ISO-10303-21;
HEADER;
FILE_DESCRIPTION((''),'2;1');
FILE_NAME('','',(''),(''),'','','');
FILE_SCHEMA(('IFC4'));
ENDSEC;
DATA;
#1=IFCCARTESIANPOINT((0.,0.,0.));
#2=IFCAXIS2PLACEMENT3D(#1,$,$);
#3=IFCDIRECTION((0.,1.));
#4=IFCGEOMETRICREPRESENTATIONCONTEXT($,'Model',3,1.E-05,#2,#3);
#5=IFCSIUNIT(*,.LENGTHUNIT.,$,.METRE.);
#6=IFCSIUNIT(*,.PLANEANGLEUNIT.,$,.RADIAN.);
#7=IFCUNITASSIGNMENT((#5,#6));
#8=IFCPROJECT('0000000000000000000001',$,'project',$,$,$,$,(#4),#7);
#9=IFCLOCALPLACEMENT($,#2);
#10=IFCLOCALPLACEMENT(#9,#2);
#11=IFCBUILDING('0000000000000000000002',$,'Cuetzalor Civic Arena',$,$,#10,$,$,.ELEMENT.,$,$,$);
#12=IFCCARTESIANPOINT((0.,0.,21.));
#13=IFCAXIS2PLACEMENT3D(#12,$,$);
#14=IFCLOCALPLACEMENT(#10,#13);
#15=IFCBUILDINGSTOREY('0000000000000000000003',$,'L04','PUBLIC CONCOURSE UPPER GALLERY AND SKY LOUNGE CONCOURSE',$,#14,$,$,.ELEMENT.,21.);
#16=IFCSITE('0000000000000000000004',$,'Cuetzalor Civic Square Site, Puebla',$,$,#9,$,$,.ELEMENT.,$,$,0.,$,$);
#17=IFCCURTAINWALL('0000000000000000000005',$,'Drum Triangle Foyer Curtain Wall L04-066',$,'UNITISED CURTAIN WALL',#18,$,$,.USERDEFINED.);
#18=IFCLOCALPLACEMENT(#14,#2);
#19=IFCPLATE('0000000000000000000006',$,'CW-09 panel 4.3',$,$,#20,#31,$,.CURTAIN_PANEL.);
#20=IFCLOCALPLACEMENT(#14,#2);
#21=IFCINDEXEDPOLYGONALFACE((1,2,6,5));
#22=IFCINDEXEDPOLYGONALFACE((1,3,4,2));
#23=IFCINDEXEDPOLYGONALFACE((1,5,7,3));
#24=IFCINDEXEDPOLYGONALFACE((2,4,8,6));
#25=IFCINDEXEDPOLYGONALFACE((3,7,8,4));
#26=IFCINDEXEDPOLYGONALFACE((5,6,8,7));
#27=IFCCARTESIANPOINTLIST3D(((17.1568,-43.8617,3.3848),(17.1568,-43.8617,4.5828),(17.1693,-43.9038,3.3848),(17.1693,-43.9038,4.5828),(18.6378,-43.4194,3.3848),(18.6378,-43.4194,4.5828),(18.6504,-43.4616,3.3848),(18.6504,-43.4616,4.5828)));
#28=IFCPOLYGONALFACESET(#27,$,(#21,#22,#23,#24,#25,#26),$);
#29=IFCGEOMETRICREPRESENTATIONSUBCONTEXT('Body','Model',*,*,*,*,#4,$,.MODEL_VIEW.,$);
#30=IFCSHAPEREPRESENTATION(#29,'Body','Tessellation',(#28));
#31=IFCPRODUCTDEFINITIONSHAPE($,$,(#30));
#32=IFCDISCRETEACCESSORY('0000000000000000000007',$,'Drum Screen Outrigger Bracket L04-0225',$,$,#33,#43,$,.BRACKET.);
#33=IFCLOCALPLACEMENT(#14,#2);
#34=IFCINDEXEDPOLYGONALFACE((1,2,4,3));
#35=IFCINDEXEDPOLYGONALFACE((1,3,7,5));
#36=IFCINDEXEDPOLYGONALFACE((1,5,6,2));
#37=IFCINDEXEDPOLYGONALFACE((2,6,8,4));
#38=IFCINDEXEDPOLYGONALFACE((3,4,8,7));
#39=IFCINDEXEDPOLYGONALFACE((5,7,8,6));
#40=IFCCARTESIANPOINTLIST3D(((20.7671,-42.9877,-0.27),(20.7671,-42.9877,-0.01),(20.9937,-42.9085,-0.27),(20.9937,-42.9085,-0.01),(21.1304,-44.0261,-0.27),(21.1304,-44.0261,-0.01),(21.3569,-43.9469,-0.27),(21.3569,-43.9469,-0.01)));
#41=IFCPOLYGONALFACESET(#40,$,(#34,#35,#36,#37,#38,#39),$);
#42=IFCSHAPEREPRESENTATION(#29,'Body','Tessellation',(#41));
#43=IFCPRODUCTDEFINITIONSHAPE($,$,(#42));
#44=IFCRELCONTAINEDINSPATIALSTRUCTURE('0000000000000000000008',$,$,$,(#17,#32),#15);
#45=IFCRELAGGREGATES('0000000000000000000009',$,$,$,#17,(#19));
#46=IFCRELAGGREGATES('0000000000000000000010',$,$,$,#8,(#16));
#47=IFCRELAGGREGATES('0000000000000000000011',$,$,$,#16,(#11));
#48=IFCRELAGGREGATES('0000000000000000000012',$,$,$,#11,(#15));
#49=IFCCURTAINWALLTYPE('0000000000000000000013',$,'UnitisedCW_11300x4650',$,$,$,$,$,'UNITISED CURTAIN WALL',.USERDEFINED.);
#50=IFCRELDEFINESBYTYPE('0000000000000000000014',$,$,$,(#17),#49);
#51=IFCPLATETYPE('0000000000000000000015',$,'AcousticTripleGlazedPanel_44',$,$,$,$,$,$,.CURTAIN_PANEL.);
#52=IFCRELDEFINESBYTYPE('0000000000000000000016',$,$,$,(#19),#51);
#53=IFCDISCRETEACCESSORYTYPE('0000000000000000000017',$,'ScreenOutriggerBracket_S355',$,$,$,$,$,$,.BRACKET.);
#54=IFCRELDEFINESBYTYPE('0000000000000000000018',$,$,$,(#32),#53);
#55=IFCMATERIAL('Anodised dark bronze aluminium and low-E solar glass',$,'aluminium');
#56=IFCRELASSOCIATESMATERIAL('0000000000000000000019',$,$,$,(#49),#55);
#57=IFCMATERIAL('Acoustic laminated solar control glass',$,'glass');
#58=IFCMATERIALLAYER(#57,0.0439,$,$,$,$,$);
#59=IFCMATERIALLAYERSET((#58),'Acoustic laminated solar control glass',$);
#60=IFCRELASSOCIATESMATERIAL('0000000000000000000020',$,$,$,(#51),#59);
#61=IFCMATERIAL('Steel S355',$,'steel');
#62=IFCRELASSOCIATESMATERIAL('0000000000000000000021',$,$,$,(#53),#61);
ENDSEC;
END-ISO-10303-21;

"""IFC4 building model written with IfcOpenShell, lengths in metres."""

from ifc_helpers import new_model, si_unit, direction, frame, origin, origin_2d, place, context, subcontext, project, spatial, rectangle, extrude, material, layer, layer_set, type_object, element, aggregate, save


model = new_model("IFC4")

# Units and contexts
model_context = context("Model", 3, precision=1e-05, world=origin(), true_north=direction((0.0, 1.0)))
body_context = subcontext(model_context, "Body", "Model", "MODEL_VIEW")
ifc_project = project(units=[si_unit("LENGTHUNIT", "METRE"), si_unit("PLANEANGLEUNIT", "RADIAN")], contexts=[model_context])

# Site, building, storey
site_placement = place(None, origin())
site = spatial("IfcSite", under=ifc_project, at=site_placement, Name="Cuetzalor Civic Square Site, Puebla", CompositionType="ELEMENT", RefElevation=0.0)
building_placement = place(site_placement, origin())
building = spatial("IfcBuilding", under=site, at=building_placement, Name="Cuetzalor Civic Arena", CompositionType="ELEMENT")
storey_placement = place(building_placement, frame((0.0, 0.0, 21.0)))
storey = spatial("IfcBuildingStorey", under=building, at=storey_placement, Name="L04", Description="PUBLIC CONCOURSE UPPER GALLERY AND SKY LOUNGE CONCOURSE", CompositionType="ELEMENT", Elevation=21.0)

# Curtain wall
ifc_material_1 = material(Name="Anodised dark bronze aluminium and low-E solar glass", Category="aluminium")
curtain_wall_type = type_object("IfcCurtainWallType", Name="UnitisedCW_11300x4650", ElementType="UNITISED CURTAIN WALL", PredefinedType="USERDEFINED", material=ifc_material_1)
curtain_wall_placement = place(storey_placement, origin())
curtain_wall = element("IfcCurtainWall", 1, at=curtain_wall_placement, inside=storey, type_object=curtain_wall_type, Name="Drum Triangle Foyer Curtain Wall L04-066", ObjectType="UNITISED CURTAIN WALL", PredefinedType="USERDEFINED")

# Plate
ifc_material_2 = material(Name="Acoustic laminated solar control glass", Category="glass")
ifc_layer = layer(ifc_material_2, 0.0439)
ifc_layer_set = layer_set([ifc_layer], Name="Acoustic laminated solar control glass")
plate_type = type_object("IfcPlateType", Name="AcousticTripleGlazedPanel_44", PredefinedType="CURTAIN_PANEL", material=ifc_layer_set)
plate_1_placement = place(storey_placement, frame((17.9036, -43.6616, 3.3848), z_axis=(0.0, 0.0, 1.0), x_axis=(-0.958194, -0.28612, 0.0)))
plate_1 = element("IfcPlate", 2, at=plate_1_placement, type_object=plate_type, Name="CW-09 panel 4.3", PredefinedType="CURTAIN_PANEL", context=body_context, shape_type="SweptSolid", body=[
    extrude(rectangle(XDim=1.5457, YDim=0.0439, at=origin_2d()), origin(), (0.0, 0.0, 1.0), 1.198),
])
aggregate(curtain_wall, [plate_1])

# Discrete accessory
ifc_material_3 = material(Name="Steel S355", Category="steel")
discrete_accessory_type = type_object("IfcDiscreteAccessoryType", Name="ScreenOutriggerBracket_S355", PredefinedType="BRACKET", material=ifc_material_3)
discrete_accessory_placement = place(storey_placement, frame((21.062, -43.4673, -0.27), z_axis=(0.0, 0.0, 1.0), x_axis=(0.330185, -0.943916, 0.0)))
element("IfcDiscreteAccessory", 3, at=discrete_accessory_placement, inside=storey, type_object=discrete_accessory_type, Name="Drum Screen Outrigger Bracket L04-0225", PredefinedType="BRACKET", context=body_context, shape_type="SweptSolid", body=[
    extrude(rectangle(XDim=1.1001, YDim=0.24, at=origin_2d()), origin(), (0.0, 0.0, 1.0), 0.26),
])

save(model, "model.ifc")
